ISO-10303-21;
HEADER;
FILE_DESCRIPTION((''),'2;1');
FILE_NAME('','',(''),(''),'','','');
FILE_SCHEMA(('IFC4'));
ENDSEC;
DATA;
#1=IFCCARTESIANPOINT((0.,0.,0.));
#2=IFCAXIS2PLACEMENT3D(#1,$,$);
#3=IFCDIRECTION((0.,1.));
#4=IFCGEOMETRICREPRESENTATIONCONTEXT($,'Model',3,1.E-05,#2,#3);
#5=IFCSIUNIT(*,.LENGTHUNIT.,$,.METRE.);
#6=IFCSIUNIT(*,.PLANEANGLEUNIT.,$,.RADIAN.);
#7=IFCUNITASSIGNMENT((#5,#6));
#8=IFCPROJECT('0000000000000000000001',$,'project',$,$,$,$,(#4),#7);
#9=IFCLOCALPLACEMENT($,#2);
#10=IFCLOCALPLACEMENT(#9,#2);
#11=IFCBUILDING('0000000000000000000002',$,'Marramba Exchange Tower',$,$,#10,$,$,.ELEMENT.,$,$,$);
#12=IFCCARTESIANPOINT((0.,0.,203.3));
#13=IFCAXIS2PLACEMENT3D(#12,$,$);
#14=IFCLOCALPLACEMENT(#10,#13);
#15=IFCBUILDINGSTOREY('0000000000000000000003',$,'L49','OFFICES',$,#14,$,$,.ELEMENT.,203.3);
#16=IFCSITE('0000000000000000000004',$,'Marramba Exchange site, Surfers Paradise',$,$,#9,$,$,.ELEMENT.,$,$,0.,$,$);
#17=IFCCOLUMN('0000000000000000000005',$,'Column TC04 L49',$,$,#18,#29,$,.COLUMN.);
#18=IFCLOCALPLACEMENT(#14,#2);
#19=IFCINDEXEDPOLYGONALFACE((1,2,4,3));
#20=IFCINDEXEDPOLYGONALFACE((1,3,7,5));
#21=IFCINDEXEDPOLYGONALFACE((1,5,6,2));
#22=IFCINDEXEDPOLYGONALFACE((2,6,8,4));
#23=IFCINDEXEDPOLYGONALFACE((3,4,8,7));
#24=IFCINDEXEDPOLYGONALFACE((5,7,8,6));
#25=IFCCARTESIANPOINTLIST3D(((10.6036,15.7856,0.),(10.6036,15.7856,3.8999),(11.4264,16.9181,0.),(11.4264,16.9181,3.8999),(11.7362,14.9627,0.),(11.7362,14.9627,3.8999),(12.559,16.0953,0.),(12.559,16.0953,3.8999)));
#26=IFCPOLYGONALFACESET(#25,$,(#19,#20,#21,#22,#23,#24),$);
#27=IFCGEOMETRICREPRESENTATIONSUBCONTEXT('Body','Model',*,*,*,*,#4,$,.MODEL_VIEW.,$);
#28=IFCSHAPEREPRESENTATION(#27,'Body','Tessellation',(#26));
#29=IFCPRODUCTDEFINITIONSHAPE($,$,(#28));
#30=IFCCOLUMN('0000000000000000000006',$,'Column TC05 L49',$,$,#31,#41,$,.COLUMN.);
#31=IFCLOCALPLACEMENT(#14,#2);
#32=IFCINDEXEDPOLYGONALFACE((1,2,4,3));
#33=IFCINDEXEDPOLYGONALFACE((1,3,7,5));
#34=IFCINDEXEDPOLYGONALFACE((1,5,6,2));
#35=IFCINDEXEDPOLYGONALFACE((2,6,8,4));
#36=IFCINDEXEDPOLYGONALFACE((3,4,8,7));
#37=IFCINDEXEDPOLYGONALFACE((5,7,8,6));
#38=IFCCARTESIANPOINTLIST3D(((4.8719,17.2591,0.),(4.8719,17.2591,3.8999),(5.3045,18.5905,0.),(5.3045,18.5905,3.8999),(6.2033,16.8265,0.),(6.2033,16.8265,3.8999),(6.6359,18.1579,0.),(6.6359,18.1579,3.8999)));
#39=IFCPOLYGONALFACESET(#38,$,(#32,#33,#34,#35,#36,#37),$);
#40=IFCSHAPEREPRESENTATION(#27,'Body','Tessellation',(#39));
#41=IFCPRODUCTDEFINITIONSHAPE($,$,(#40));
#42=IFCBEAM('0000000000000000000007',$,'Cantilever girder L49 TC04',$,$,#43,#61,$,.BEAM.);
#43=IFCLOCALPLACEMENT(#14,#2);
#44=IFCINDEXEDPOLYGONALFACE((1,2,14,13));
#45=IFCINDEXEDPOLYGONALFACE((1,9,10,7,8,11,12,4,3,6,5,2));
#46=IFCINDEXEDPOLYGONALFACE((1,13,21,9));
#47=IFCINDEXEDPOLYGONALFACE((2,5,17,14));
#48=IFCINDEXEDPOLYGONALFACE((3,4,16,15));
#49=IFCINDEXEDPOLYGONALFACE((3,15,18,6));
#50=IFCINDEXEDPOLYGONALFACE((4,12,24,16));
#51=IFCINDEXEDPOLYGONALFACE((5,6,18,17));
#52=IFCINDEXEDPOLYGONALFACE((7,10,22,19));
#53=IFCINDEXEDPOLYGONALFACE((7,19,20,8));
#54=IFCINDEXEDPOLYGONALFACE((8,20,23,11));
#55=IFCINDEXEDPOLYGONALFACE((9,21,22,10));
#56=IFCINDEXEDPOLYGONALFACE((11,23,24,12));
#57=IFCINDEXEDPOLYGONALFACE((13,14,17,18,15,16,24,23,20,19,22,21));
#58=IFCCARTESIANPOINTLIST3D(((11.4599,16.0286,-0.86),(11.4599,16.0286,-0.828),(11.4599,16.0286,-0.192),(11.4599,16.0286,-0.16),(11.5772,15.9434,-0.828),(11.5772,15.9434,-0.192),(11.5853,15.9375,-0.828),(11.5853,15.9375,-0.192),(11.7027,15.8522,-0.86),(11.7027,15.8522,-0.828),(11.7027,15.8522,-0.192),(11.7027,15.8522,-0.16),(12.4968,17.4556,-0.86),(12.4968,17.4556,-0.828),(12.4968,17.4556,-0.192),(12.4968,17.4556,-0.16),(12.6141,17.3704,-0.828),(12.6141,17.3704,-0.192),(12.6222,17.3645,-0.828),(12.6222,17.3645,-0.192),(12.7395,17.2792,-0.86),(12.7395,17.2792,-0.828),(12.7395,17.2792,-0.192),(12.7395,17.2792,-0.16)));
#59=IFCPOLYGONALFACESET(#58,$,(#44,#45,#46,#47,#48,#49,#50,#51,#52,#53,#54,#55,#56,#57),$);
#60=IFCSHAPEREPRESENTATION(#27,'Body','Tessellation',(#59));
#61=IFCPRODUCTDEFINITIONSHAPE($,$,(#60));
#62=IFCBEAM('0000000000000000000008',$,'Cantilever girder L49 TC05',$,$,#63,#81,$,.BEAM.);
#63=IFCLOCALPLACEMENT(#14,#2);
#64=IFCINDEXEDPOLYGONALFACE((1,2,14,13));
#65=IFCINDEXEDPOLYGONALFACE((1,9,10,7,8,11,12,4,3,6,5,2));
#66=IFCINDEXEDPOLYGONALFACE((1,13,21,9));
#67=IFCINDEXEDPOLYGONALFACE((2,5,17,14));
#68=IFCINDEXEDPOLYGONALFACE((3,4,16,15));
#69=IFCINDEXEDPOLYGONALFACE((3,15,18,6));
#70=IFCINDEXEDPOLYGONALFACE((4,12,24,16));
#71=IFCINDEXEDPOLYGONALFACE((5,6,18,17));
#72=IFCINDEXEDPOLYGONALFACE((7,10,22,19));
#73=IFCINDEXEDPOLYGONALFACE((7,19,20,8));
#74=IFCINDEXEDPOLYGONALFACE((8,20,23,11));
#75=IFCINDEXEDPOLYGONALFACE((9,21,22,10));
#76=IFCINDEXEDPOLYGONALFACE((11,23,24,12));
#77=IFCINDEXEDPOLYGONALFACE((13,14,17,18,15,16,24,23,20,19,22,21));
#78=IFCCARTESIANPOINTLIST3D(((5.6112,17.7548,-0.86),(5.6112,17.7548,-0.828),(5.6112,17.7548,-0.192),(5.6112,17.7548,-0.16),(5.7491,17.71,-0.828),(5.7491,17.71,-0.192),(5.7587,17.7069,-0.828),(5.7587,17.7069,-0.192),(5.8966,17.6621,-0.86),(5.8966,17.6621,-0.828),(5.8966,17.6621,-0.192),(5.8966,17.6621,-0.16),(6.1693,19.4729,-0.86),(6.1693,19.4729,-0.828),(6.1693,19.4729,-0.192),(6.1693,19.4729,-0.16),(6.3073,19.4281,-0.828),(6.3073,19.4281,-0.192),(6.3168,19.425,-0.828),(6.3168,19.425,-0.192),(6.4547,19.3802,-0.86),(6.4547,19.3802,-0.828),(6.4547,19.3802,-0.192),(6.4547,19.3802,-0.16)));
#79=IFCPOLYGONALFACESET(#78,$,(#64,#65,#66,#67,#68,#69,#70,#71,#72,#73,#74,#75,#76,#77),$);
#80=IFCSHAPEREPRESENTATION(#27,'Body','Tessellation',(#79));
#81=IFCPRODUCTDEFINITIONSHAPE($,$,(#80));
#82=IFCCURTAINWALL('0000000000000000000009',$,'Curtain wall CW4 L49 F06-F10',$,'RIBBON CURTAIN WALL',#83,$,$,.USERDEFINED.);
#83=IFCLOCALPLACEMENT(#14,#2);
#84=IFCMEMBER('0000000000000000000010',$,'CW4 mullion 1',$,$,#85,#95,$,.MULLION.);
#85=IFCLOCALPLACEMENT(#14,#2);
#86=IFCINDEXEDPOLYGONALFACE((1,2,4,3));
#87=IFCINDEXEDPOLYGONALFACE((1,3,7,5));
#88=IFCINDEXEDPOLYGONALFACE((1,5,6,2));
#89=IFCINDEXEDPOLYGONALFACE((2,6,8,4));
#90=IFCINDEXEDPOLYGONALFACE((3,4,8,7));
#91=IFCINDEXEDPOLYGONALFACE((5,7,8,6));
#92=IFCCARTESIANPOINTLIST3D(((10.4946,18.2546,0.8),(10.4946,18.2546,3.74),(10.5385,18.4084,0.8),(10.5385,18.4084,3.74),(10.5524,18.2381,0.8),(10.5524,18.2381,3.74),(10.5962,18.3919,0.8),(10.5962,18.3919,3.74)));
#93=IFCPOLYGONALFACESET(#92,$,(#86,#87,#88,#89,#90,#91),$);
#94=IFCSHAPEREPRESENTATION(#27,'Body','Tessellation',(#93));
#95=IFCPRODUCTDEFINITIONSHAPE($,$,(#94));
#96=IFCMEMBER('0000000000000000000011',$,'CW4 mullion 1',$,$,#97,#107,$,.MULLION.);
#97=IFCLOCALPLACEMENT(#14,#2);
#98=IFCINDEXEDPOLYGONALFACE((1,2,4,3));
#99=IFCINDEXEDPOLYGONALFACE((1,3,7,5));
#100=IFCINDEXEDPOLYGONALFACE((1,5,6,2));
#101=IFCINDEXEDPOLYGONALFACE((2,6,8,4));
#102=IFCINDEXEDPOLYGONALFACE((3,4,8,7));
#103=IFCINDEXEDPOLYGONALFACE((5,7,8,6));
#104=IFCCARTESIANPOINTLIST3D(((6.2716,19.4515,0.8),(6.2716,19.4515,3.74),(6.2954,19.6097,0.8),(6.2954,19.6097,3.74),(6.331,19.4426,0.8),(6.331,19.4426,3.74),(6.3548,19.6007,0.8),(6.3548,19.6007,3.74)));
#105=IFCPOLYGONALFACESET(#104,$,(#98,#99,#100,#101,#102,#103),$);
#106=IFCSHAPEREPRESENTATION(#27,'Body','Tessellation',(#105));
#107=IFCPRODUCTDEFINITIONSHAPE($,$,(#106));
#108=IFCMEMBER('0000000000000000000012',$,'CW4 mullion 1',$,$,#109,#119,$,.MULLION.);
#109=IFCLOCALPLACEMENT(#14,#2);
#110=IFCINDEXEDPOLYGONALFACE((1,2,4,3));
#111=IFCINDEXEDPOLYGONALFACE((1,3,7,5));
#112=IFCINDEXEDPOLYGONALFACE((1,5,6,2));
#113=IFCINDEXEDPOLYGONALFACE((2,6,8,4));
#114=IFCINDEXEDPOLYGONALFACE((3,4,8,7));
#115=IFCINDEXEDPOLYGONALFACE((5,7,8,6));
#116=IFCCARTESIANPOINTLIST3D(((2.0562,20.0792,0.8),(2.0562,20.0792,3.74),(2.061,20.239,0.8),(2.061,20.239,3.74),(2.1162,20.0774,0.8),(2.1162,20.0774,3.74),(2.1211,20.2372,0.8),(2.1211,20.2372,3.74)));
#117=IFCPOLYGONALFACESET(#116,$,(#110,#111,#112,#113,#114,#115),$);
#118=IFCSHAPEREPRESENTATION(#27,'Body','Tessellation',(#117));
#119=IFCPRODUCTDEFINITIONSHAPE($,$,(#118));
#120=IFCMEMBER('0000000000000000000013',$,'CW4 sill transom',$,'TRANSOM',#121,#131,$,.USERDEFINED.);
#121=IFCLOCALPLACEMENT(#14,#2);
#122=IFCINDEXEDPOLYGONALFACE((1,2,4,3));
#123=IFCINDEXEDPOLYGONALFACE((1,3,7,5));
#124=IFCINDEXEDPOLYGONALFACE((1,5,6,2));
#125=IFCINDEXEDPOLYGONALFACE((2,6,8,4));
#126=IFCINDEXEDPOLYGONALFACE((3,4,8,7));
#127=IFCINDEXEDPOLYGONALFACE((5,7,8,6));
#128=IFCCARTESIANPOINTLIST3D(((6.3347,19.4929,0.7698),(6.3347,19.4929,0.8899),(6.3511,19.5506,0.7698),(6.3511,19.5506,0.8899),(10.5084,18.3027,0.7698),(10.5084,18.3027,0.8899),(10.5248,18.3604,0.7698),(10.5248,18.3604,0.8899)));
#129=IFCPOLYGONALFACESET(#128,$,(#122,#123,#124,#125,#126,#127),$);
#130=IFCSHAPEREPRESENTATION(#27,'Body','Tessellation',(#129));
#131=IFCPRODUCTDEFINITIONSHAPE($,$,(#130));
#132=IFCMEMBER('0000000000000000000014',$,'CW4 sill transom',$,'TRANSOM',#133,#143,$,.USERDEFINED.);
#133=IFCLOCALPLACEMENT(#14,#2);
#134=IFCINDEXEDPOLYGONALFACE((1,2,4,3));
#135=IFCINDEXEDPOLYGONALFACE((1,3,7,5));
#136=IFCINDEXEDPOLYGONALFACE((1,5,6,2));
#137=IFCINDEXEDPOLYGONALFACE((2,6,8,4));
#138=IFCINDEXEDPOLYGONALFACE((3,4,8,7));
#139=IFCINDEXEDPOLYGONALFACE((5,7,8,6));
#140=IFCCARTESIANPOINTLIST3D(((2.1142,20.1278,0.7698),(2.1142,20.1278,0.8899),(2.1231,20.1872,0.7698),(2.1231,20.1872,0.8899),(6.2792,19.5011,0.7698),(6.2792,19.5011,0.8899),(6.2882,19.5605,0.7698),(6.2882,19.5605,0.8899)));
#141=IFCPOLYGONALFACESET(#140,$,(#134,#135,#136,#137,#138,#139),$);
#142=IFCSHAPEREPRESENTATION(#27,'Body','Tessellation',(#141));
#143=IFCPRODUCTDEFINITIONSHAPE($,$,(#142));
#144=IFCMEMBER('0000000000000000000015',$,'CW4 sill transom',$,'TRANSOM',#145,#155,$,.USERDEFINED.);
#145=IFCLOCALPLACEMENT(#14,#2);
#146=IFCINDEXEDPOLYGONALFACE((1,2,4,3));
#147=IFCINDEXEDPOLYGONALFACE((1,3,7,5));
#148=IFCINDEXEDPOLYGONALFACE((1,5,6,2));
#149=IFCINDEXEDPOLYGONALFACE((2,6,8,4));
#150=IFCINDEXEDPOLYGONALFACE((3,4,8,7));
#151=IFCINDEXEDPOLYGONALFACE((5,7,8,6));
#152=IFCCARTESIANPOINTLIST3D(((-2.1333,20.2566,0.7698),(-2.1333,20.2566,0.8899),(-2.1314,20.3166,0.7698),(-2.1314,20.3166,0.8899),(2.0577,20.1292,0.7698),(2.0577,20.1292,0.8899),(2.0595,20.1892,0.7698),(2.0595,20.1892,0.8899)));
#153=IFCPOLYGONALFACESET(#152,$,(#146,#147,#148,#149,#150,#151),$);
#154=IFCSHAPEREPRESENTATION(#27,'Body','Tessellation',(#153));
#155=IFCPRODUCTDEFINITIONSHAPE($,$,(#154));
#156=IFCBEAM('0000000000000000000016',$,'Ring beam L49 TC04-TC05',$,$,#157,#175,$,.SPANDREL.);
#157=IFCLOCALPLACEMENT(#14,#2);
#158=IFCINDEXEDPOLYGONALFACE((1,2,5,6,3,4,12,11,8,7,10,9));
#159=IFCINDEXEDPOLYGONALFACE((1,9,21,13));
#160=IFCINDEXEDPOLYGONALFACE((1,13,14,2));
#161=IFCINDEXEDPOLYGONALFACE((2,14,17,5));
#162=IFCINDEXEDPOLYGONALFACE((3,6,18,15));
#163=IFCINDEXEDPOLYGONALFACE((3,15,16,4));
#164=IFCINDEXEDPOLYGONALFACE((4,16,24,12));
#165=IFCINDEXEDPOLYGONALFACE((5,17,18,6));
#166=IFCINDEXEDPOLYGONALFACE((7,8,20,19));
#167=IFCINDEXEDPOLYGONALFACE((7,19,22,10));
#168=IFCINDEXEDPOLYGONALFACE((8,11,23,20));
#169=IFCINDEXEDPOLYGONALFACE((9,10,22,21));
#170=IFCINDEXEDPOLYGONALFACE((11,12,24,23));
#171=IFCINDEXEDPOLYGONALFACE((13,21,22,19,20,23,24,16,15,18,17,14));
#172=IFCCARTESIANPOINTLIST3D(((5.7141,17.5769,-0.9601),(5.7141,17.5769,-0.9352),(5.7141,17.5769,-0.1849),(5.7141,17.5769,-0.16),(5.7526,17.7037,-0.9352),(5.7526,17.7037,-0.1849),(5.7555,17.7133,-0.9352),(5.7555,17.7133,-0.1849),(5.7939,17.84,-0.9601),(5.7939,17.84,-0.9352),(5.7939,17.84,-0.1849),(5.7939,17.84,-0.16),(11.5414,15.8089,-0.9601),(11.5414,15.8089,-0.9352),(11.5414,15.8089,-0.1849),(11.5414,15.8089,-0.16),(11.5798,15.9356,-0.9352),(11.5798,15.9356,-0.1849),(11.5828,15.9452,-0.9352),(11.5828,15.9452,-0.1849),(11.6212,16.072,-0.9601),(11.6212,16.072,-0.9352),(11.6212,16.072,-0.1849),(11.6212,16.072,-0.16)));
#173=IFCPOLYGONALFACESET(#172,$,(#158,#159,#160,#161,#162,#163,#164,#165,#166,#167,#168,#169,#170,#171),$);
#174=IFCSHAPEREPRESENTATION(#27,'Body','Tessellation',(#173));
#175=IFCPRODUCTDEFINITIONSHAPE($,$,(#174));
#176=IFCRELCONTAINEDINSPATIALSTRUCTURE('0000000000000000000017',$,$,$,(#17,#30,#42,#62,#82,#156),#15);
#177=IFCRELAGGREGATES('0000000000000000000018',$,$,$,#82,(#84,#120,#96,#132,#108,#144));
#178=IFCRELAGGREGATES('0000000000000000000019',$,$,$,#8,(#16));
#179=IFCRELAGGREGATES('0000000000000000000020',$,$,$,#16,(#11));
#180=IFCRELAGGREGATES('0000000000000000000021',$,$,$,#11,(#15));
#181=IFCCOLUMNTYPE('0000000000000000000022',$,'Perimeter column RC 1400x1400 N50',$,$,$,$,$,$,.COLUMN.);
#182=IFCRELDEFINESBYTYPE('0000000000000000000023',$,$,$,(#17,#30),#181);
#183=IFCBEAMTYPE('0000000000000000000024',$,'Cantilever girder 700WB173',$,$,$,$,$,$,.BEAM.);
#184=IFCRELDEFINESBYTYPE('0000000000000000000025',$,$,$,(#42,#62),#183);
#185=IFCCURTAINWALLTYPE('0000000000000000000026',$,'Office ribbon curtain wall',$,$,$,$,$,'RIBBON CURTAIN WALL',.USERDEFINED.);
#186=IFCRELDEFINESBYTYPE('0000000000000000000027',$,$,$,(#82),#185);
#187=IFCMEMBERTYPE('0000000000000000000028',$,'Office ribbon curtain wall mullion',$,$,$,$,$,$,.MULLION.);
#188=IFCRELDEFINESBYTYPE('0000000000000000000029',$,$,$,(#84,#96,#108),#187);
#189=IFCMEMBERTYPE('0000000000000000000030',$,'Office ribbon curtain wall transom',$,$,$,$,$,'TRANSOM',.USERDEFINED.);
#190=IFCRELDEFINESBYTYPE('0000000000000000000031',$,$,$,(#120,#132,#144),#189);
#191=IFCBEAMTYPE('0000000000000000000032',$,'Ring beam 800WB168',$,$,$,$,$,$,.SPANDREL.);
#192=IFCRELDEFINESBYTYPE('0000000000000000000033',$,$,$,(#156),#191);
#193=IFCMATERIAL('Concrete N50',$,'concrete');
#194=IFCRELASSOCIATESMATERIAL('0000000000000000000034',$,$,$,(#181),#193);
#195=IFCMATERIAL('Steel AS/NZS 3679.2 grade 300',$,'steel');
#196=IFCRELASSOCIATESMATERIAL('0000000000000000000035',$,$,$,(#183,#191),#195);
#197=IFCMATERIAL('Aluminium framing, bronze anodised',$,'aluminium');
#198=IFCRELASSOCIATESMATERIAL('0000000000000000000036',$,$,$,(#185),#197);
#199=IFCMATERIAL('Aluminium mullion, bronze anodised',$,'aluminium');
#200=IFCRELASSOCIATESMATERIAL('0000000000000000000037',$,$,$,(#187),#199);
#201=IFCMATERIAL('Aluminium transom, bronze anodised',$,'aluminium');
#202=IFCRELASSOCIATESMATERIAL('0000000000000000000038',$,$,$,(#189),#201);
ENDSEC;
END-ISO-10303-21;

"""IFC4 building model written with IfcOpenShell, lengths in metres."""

from ifc_helpers import new_model, si_unit, direction, frame, origin, origin_2d, place, context, subcontext, project, spatial, rectangle, i_section, extrude, material, material_profile, profile_set, type_object, element, aggregate, save


model = new_model("IFC4")

# Units and contexts
model_context = context("Model", 3, precision=1e-05, world=origin(), true_north=direction((0.0, 1.0)))
body_context = subcontext(model_context, "Body", "Model", "MODEL_VIEW")
ifc_project = project(units=[si_unit("LENGTHUNIT", "METRE"), si_unit("PLANEANGLEUNIT", "RADIAN")], contexts=[model_context])

# Site, building, storey
site_placement = place(None, origin())
site = spatial("IfcSite", under=ifc_project, at=site_placement, Name="Marramba Exchange site, Surfers Paradise", CompositionType="ELEMENT", RefElevation=0.0)
building_placement = place(site_placement, origin())
building = spatial("IfcBuilding", under=site, at=building_placement, Name="Marramba Exchange Tower", CompositionType="ELEMENT")
storey_placement = place(building_placement, frame((0.0, 0.0, 203.3)))
storey = spatial("IfcBuildingStorey", under=building, at=storey_placement, Name="L49", Description="OFFICES", CompositionType="ELEMENT", Elevation=203.3)

# Columns
ifc_material_1 = material(Name="Concrete N50", Category="concrete")
ifc_material_profile_1 = material_profile(ifc_material_1, rectangle(XDim=1.3999, YDim=1.3999, at=origin_2d()), Name="RC 1400x1400")
ifc_profile_set_1 = profile_set([ifc_material_profile_1], Name="Concrete N50")
column_type = type_object("IfcColumnType", Name="Perimeter column RC 1400x1400 N50", PredefinedType="COLUMN", material=ifc_profile_set_1)
for number, where, z_axis, x_axis, name in (
    (1, (11.5813, 15.9404, 0.0), (0.0, 0.0, 1.0), (0.587785, 0.809017, 0.0), "Column TC04 L49"),
    (2, (5.7539, 17.7085, 0.0), (0.0, 0.0, 1.0), (0.309017, 0.951057, 0.0), "Column TC05 L49"),
):
    element("IfcColumn", number, at=place(storey_placement, frame(where, z_axis=z_axis, x_axis=x_axis)), inside=storey, type_object=column_type, Name=name, PredefinedType="COLUMN", context=body_context, shape_type="SweptSolid", body=[
        extrude(rectangle(XDim=1.3999, YDim=1.3999, at=origin_2d()), origin(), (0.0, 0.0, 1.0), 3.8999),
    ])

# Beams
ifc_material_2 = material(Name="Steel AS/NZS 3679.2 grade 300", Category="steel")
ifc_material_profile_2 = material_profile(ifc_material_2, i_section(OverallWidth=0.3, OverallDepth=0.7, WebThickness=0.01, FlangeThickness=0.032, at=origin_2d()), Name="700WB173")
ifc_profile_set_2 = profile_set([ifc_material_profile_2], Name="Steel AS/NZS 3679.2 grade 300")
beam_type_1 = type_object("IfcBeamType", Name="Cantilever girder 700WB173", PredefinedType="BEAM", material=ifc_profile_set_2)
beam_1_placement = place(storey_placement, frame((11.5813, 15.9404, -0.51), z_axis=(0.587818, 0.808993, 0.0), x_axis=(-0.808993, 0.587818, 0.0)))
element("IfcBeam", 3, at=beam_1_placement, inside=storey, type_object=beam_type_1, Name="Cantilever girder L49 TC04", PredefinedType="BEAM", context=body_context, shape_type="SweptSolid", body=[
    extrude(i_section(OverallWidth=0.3, OverallDepth=0.7, WebThickness=0.01, FlangeThickness=0.032, at=origin_2d()), origin(), (0.0, 0.0, 1.0), 1.7639),
])
beam_2_placement = place(storey_placement, frame((5.7539, 17.7085, -0.51), z_axis=(0.308961, 0.951075, 0.0), x_axis=(-0.951075, 0.308961, 0.0)))
element("IfcBeam", 4, at=beam_2_placement, inside=storey, type_object=beam_type_1, Name="Cantilever girder L49 TC05", PredefinedType="BEAM", context=body_context, shape_type="SweptSolid", body=[
    extrude(i_section(OverallWidth=0.3, OverallDepth=0.7, WebThickness=0.01, FlangeThickness=0.032, at=origin_2d()), origin(), (0.0, 0.0, 1.0), 1.8064),
])

# Curtain wall, members
ifc_material_3 = material(Name="Aluminium framing, bronze anodised", Category="aluminium")
curtain_wall_type = type_object("IfcCurtainWallType", Name="Office ribbon curtain wall", ElementType="RIBBON CURTAIN WALL", PredefinedType="USERDEFINED", material=ifc_material_3)
curtain_wall_1_placement = place(storey_placement, origin())
curtain_wall_1 = element("IfcCurtainWall", 5, at=curtain_wall_1_placement, inside=storey, type_object=curtain_wall_type, Name="Curtain wall CW4 L49 F06-F10", ObjectType="RIBBON CURTAIN WALL", PredefinedType="USERDEFINED")
ifc_material_4 = material(Name="Aluminium mullion, bronze anodised", Category="aluminium")
ifc_material_profile_3 = material_profile(ifc_material_4, rectangle(XDim=0.1599, YDim=0.0601, at=origin_2d()), Name="CW4 mullion 60x160")
ifc_profile_set_3 = profile_set([ifc_material_profile_3], Name="Aluminium mullion, bronze anodised")
member_type_1 = type_object("IfcMemberType", Name="Office ribbon curtain wall mullion", PredefinedType="MULLION", material=ifc_profile_set_3)
member_1_placement = place(storey_placement, frame((10.5454, 18.3232, 0.8), z_axis=(0.0, 0.0, 1.0), x_axis=(-0.274248, -0.961659, 0.0)))
member_1 = element("IfcMember", 6, at=member_1_placement, type_object=member_type_1, Name="CW4 mullion 1", PredefinedType="MULLION", context=body_context, shape_type="SweptSolid", body=[
    extrude(rectangle(XDim=0.1599, YDim=0.0601, at=origin_2d()), origin(), (0.0, 0.0, 1.0), 2.9399),
])
member_2_placement = place(storey_placement, frame((6.3132, 19.5261, 0.8), z_axis=(0.0, 0.0, 1.0), x_axis=(-0.148795, -0.988868, 0.0)))
member_2 = element("IfcMember", 7, at=member_2_placement, type_object=member_type_1, Name="CW4 mullion 1", PredefinedType="MULLION", context=body_context, shape_type="SweptSolid", body=[
    extrude(rectangle(XDim=0.1599, YDim=0.0601, at=origin_2d()), origin(), (0.0, 0.0, 1.0), 2.9399),
])
member_3_placement = place(storey_placement, frame((2.0886, 20.1582, 0.8), z_axis=(0.0, 0.0, 1.0), x_axis=(-0.030394, -0.999538, 0.0)))
member_3 = element("IfcMember", 8, at=member_3_placement, type_object=member_type_1, Name="CW4 mullion 1", PredefinedType="MULLION", context=body_context, shape_type="SweptSolid", body=[
    extrude(rectangle(XDim=0.1599, YDim=0.0601, at=origin_2d()), origin(), (0.0, 0.0, 1.0), 2.9399),
])
ifc_material_5 = material(Name="Aluminium transom, bronze anodised", Category="aluminium")
ifc_material_profile_4 = material_profile(ifc_material_5, rectangle(XDim=0.0601, YDim=0.1201, at=origin_2d()), Name="CW4 transom 60x120")
ifc_profile_set_4 = profile_set([ifc_material_profile_4], Name="Aluminium transom, bronze anodised")
member_type_2 = type_object("IfcMemberType", Name="Office ribbon curtain wall transom", ElementType="TRANSOM", PredefinedType="USERDEFINED", material=ifc_profile_set_4)
member_4_placement = place(storey_placement, frame((10.5166, 18.3315, 0.8298), z_axis=(-0.961662, 0.274238, 0.0), x_axis=(-0.274238, -0.961662, 0.0)))
member_4 = element("IfcMember", 9, at=member_4_placement, type_object=member_type_2, Name="CW4 sill transom", ObjectType="TRANSOM", PredefinedType="USERDEFINED", context=body_context, shape_type="SweptSolid", body=[
    extrude(rectangle(XDim=0.0601, YDim=0.1201, at=origin_2d()), origin(), (0.0, 0.0, 1.0), 4.3401),
])
member_5_placement = place(storey_placement, frame((6.2837, 19.5308, 0.8298), z_axis=(-0.988868, 0.148794, 0.0), x_axis=(-0.148794, -0.988868, 0.0)))
member_5 = element("IfcMember", 10, at=member_5_placement, type_object=member_type_2, Name="CW4 sill transom", ObjectType="TRANSOM", PredefinedType="USERDEFINED", context=body_context, shape_type="SweptSolid", body=[
    extrude(rectangle(XDim=0.0601, YDim=0.1201, at=origin_2d()), origin(), (0.0, 0.0, 1.0), 4.2119),
])
member_6_placement = place(storey_placement, frame((2.0586, 20.1592, 0.8298), z_axis=(-0.999538, 0.030395, 0.0), x_axis=(-0.030395, -0.999538, 0.0)))
member_6 = element("IfcMember", 11, at=member_6_placement, type_object=member_type_2, Name="CW4 sill transom", ObjectType="TRANSOM", PredefinedType="USERDEFINED", context=body_context, shape_type="SweptSolid", body=[
    extrude(rectangle(XDim=0.0601, YDim=0.1201, at=origin_2d()), origin(), (0.0, 0.0, 1.0), 4.1929),
])

# Beam
ifc_material_profile_5 = material_profile(ifc_material_2, i_section(OverallWidth=0.2749, OverallDepth=0.8, WebThickness=0.01, FlangeThickness=0.0249, at=origin_2d()), Name="800WB168")
ifc_profile_set_5 = profile_set([ifc_material_profile_5], Name="Steel AS/NZS 3679.2 grade 300")
beam_type_2 = type_object("IfcBeamType", Name="Ring beam 800WB168", PredefinedType="SPANDREL", material=ifc_profile_set_5)
beam_3_placement = place(storey_placement, frame((11.5813, 15.9404, -0.5601), z_axis=(-0.956925, 0.290337, 0.0), x_axis=(-0.290337, -0.956925, 0.0)))
element("IfcBeam", 12, at=beam_3_placement, inside=storey, type_object=beam_type_2, Name="Ring beam L49 TC04-TC05", PredefinedType="SPANDREL", context=body_context, shape_type="SweptSolid", body=[
    extrude(i_section(OverallWidth=0.2749, OverallDepth=0.8, WebThickness=0.01, FlangeThickness=0.0249, at=origin_2d()), origin(), (0.0, 0.0, 1.0), 6.0896),
])

aggregate(curtain_wall_1, [member_1, member_4, member_2, member_5, member_3, member_6])

save(model, "model.ifc")
